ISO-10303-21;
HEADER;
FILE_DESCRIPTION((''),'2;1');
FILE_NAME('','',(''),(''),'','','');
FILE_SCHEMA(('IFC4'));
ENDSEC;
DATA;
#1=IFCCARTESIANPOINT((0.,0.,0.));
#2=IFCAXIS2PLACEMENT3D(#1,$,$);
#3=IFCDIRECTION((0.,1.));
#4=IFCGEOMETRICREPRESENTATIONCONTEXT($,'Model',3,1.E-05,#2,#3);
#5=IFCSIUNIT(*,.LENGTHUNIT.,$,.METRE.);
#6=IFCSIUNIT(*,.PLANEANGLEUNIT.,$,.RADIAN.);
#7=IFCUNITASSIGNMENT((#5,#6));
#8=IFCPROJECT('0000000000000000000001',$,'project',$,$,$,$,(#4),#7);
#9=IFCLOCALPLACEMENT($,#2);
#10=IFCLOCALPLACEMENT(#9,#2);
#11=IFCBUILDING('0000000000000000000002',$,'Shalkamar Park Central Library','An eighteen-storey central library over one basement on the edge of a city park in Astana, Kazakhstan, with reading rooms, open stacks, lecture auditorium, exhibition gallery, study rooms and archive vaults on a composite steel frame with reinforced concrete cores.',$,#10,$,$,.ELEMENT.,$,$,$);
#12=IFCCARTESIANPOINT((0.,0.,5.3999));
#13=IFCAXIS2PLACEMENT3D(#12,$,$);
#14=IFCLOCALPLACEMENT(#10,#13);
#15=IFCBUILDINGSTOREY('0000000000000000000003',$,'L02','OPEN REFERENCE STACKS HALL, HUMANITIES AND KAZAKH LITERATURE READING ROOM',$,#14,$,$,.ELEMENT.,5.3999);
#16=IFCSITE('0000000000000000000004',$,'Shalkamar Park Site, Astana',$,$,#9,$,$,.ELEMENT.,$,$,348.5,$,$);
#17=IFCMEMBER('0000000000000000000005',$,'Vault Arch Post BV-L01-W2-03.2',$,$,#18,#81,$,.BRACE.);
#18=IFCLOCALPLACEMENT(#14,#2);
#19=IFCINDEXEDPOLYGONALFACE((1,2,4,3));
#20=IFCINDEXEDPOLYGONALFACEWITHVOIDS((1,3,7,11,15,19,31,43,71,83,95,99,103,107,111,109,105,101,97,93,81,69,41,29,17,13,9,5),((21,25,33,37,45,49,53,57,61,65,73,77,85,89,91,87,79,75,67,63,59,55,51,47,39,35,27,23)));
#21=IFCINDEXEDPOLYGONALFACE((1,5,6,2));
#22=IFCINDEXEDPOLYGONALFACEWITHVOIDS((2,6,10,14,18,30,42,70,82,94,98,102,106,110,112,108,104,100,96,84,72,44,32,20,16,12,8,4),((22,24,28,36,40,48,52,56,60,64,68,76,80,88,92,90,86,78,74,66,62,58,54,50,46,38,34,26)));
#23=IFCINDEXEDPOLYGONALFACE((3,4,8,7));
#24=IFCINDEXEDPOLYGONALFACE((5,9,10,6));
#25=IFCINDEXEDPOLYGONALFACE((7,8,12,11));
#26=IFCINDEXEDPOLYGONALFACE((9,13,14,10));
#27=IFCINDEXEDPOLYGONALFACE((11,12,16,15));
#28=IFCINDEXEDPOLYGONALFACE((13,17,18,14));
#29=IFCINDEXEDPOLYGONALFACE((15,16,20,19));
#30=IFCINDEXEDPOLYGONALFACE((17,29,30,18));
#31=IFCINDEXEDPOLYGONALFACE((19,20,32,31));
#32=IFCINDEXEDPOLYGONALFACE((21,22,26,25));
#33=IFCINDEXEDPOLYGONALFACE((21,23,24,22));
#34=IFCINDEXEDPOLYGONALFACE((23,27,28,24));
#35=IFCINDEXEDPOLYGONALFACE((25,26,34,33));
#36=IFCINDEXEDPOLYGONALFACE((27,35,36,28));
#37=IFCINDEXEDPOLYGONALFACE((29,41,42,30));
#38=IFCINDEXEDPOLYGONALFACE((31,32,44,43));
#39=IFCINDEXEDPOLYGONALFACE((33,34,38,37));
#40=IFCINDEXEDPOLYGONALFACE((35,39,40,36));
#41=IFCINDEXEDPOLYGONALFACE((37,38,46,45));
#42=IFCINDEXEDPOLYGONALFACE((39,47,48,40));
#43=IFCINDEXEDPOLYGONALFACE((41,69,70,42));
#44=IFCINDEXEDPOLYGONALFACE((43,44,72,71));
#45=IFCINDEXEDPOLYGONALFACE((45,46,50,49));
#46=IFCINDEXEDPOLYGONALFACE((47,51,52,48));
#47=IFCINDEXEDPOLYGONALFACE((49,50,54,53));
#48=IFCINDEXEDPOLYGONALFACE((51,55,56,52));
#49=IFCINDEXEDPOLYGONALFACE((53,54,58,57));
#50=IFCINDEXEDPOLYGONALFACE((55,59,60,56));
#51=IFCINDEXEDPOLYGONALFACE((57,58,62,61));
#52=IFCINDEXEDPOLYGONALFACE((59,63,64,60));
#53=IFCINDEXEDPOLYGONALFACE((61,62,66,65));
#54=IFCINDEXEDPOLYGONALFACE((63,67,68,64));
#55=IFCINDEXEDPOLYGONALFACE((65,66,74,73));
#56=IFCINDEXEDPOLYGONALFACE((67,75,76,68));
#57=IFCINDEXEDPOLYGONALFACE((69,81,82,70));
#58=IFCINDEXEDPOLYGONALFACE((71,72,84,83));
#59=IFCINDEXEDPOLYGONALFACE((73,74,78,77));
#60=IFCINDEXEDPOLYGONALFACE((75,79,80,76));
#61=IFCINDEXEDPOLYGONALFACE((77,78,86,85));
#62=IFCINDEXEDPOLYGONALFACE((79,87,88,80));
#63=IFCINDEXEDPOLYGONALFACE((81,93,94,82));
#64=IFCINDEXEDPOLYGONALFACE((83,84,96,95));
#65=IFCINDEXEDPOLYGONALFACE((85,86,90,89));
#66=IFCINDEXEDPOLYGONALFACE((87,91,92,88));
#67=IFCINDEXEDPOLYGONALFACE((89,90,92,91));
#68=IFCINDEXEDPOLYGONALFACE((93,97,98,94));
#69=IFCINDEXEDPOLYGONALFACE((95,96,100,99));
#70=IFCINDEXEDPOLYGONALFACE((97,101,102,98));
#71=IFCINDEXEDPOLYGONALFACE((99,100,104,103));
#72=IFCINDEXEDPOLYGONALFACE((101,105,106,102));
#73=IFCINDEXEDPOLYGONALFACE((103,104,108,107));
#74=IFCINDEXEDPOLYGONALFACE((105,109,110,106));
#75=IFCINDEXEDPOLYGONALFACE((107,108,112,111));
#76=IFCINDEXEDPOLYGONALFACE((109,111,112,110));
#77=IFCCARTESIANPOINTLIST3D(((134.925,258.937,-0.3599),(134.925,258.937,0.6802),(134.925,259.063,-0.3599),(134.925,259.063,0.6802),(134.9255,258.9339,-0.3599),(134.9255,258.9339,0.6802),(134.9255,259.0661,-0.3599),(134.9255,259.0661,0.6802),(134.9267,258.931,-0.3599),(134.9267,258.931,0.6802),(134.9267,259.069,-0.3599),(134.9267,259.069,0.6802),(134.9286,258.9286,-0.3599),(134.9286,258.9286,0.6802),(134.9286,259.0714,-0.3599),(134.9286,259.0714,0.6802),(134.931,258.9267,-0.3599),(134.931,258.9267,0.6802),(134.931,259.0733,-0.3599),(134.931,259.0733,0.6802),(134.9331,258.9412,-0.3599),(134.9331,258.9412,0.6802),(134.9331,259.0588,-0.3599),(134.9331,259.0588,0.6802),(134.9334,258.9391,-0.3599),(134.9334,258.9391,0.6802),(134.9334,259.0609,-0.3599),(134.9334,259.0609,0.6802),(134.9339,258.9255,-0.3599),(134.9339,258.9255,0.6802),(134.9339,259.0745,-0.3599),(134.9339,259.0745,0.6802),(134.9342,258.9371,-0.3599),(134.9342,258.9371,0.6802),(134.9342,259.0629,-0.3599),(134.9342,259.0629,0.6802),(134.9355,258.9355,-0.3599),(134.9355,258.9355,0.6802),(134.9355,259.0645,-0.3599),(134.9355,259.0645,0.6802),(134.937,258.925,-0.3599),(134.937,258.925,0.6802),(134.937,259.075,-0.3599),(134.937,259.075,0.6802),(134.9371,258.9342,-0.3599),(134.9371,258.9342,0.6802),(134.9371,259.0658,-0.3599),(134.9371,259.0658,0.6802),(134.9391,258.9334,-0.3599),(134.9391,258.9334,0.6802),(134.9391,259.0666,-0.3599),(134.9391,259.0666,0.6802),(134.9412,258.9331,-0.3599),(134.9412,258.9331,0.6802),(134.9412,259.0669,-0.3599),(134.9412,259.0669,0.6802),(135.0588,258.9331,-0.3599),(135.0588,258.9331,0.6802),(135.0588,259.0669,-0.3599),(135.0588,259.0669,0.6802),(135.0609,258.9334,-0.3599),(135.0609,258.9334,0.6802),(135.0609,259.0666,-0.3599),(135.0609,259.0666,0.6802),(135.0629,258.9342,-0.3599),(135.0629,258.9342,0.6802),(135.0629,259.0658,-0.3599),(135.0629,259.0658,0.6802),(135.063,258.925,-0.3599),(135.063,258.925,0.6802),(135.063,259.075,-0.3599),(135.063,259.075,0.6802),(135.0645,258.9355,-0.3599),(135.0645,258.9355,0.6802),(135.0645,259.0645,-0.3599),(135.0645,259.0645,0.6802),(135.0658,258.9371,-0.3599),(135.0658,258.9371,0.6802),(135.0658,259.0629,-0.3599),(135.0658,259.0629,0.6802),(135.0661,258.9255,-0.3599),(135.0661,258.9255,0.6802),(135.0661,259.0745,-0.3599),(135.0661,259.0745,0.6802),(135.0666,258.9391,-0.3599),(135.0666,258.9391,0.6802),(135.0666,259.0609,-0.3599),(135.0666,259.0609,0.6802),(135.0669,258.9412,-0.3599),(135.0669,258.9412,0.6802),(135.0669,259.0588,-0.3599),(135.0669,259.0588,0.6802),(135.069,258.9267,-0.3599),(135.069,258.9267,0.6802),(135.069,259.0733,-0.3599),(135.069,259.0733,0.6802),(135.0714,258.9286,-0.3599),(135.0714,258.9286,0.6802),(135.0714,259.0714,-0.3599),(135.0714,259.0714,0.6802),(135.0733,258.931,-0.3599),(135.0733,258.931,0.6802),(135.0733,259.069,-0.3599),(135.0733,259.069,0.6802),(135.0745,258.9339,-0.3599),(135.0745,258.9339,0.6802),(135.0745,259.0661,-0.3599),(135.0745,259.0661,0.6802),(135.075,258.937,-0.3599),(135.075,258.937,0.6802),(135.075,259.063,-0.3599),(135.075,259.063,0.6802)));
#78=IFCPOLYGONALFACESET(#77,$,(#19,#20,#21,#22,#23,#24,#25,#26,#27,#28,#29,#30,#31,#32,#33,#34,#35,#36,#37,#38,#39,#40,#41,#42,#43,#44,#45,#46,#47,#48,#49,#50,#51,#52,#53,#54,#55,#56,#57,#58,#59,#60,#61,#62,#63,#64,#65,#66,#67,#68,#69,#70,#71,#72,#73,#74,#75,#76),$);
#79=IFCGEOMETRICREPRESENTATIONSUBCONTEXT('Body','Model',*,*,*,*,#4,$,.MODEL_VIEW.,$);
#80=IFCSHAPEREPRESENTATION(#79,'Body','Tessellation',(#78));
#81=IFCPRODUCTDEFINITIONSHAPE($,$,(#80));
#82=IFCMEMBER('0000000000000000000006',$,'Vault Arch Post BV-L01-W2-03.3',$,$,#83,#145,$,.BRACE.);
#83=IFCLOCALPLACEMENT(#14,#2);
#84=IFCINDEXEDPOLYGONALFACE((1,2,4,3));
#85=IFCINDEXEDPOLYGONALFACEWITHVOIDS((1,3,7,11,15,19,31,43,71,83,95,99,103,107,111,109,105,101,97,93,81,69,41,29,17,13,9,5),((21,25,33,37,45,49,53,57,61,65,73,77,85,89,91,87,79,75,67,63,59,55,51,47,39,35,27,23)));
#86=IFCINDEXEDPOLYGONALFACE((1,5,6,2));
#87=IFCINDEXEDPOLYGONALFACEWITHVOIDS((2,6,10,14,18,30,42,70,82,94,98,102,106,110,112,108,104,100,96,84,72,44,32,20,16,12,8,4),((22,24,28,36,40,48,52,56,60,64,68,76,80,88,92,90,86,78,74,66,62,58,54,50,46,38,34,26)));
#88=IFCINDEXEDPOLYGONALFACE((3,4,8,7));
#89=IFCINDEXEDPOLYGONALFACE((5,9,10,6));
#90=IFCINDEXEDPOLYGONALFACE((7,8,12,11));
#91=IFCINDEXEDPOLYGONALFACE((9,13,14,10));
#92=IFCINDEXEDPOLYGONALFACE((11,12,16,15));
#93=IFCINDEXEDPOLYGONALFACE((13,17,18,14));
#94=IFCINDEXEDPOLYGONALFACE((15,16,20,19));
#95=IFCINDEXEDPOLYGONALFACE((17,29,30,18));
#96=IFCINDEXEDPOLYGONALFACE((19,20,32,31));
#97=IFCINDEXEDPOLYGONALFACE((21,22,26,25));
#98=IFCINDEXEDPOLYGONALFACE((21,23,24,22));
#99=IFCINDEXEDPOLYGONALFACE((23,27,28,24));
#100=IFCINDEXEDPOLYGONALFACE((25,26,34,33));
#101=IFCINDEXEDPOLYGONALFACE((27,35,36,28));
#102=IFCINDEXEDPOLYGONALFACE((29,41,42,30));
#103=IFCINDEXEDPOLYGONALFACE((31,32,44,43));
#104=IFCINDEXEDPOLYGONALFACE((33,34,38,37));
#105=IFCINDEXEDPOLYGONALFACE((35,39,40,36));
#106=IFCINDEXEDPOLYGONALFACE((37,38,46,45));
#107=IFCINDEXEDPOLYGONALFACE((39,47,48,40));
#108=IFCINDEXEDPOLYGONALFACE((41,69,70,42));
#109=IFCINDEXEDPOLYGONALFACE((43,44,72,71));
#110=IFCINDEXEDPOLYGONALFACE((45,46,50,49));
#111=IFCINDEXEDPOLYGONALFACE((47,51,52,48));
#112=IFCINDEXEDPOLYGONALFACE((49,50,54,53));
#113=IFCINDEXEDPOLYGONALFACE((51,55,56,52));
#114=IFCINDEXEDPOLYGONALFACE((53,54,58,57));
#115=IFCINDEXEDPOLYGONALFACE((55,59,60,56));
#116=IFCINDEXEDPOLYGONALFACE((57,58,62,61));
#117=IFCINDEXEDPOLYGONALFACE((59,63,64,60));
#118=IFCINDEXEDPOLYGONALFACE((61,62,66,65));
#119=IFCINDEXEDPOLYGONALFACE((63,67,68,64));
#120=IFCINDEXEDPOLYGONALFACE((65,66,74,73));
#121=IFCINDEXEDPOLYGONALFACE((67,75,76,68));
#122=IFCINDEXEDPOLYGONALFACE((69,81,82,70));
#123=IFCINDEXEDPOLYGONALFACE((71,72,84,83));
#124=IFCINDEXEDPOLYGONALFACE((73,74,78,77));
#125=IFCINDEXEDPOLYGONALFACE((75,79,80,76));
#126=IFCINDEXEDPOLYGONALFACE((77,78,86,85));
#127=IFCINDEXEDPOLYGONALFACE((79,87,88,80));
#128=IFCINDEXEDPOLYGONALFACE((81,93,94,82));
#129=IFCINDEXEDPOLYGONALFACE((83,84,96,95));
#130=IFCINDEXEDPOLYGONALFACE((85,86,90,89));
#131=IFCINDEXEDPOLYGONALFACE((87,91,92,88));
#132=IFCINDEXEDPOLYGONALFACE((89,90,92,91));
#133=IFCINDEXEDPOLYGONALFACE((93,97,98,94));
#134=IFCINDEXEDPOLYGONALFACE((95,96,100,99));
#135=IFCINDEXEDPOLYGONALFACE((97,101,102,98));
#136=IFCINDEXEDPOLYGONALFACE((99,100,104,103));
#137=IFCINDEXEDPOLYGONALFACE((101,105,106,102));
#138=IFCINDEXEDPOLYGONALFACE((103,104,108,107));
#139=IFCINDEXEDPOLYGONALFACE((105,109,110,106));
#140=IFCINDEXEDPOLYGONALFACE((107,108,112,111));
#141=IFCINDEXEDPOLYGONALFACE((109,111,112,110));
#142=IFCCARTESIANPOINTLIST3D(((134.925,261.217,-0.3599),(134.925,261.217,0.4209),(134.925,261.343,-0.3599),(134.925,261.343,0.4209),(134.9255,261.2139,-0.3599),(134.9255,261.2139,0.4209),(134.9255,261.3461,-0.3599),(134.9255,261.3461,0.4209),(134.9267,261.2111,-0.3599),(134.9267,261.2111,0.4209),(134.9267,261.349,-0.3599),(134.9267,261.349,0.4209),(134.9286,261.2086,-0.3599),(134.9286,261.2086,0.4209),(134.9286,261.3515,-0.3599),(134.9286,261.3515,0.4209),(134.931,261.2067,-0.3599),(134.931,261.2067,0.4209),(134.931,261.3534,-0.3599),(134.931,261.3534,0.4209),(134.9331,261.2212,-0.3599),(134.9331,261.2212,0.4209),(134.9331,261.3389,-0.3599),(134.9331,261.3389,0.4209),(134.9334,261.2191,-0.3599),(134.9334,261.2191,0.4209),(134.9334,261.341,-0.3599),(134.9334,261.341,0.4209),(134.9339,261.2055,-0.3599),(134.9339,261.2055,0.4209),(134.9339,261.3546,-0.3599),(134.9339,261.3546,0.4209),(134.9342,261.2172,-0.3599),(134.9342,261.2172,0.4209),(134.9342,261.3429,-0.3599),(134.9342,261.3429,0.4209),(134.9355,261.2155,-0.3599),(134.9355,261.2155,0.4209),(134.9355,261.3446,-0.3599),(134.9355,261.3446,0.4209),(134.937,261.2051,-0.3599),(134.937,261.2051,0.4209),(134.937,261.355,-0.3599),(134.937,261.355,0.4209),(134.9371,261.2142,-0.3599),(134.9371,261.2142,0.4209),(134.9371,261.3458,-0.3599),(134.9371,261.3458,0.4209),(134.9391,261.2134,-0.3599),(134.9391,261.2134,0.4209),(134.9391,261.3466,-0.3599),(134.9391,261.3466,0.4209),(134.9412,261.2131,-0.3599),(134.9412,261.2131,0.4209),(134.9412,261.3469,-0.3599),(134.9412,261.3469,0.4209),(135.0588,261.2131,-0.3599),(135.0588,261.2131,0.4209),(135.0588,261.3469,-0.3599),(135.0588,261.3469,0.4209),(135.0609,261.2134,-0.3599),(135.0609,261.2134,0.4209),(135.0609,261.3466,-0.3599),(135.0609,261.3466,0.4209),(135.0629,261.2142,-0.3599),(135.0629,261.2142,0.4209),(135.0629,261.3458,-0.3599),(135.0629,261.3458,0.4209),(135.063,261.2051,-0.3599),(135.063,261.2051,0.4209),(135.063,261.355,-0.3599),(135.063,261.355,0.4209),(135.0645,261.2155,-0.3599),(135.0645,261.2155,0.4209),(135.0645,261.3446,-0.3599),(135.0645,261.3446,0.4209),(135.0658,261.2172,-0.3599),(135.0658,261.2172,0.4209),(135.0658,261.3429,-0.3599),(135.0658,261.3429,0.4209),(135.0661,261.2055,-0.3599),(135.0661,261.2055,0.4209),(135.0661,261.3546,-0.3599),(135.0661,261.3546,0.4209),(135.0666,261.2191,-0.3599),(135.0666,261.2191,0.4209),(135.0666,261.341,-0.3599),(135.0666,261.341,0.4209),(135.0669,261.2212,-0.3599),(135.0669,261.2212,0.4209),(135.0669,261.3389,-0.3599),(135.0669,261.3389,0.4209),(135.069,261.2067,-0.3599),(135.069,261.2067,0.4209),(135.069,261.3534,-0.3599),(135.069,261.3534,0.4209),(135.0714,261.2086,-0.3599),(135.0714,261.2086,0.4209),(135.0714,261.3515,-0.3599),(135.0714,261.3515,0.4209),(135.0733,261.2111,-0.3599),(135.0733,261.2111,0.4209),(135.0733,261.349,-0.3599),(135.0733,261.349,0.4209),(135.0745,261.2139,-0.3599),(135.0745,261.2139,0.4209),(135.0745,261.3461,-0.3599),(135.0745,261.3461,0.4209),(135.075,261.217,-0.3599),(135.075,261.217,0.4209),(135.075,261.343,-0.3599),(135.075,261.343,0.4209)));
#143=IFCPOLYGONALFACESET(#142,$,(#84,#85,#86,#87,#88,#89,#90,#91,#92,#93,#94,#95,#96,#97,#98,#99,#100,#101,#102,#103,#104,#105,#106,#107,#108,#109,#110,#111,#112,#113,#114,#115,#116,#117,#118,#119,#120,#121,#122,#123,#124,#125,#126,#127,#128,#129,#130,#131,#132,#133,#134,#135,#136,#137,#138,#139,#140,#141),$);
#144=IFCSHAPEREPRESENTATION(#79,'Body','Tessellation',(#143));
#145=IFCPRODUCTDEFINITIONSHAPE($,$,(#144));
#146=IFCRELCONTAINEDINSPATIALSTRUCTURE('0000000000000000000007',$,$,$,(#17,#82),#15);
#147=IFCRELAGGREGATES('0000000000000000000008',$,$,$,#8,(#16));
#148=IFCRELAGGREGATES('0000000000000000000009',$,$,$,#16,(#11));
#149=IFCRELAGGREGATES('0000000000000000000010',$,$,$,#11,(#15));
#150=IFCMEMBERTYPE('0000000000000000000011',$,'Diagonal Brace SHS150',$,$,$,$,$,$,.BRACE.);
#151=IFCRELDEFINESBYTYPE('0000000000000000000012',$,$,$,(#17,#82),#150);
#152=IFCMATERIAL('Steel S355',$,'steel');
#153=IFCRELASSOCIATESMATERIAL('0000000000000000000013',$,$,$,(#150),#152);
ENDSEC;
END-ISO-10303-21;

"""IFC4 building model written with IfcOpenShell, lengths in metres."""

from ifc_helpers import new_model, si_unit, direction, frame, origin, origin_2d, place, context, subcontext, project, spatial, hollow_rectangle, extrude, material, material_profile, profile_set, type_object, element, save


model = new_model("IFC4")

# Units and contexts
model_context = context("Model", 3, precision=1e-05, world=origin(), true_north=direction((0.0, 1.0)))
body_context = subcontext(model_context, "Body", "Model", "MODEL_VIEW")
ifc_project = project(units=[si_unit("LENGTHUNIT", "METRE"), si_unit("PLANEANGLEUNIT", "RADIAN")], contexts=[model_context])

# Site, building, storey
site_placement = place(None, origin())
site = spatial("IfcSite", under=ifc_project, at=site_placement, Name="Shalkamar Park Site, Astana", CompositionType="ELEMENT", RefElevation=348.5)
building_placement = place(site_placement, origin())
building = spatial("IfcBuilding", under=site, at=building_placement, Name="Shalkamar Park Central Library", Description="An eighteen-storey central library over one basement on the edge of a city park in Astana, Kazakhstan, with reading rooms, open stacks, lecture auditorium, exhibition gallery, study rooms and archive vaults on a composite steel frame with reinforced concrete cores.", CompositionType="ELEMENT")
storey_placement = place(building_placement, frame((0.0, 0.0, 5.3999)))
storey = spatial("IfcBuildingStorey", under=building, at=storey_placement, Name="L02", Description="OPEN REFERENCE STACKS HALL, HUMANITIES AND KAZAKH LITERATURE READING ROOM", CompositionType="ELEMENT", Elevation=5.3999)

# Shared definitions
ifc_material_1 = material(Name="Steel S355", Category="steel")

# Members
ifc_material_profile_1 = material_profile(ifc_material_1, hollow_rectangle(XDim=0.1499, YDim=0.1499, WallThickness=0.0081, InnerFilletRadius=0.0081, OuterFilletRadius=0.012, at=origin_2d()), Name="SHS 150x150x8")
ifc_profile_set_1 = profile_set([ifc_material_profile_1], Name="Steel S355")
member_type = type_object("IfcMemberType", Name="Diagonal Brace SHS150", PredefinedType="BRACE", material=ifc_profile_set_1)
member_1_placement = place(storey_placement, frame((135.0, 259.0, -0.3599), z_axis=(0.0, 0.0, 1.0), x_axis=(1.0, 0.0, 0.0)))
element("IfcMember", 1, at=member_1_placement, inside=storey, type_object=member_type, Name="Vault Arch Post BV-L01-W2-03.2", PredefinedType="BRACE", context=body_context, shape_type="SweptSolid", body=[
    extrude(hollow_rectangle(XDim=0.1499, YDim=0.1499, WallThickness=0.0081, InnerFilletRadius=0.0081, OuterFilletRadius=0.012, at=origin_2d()), origin(), (0.0, 0.0, 1.0), 1.04),
])
for number, where, z_axis, x_axis, name in (
    (2, (135.0, 261.28, -0.3599), (0.0, 0.0, 1.0), (1.0, 0.0, 0.0), "Vault Arch Post BV-L01-W2-03.3"),
):
    element("IfcMember", number, at=place(storey_placement, frame(where, z_axis=z_axis, x_axis=x_axis)), inside=storey, type_object=member_type, Name=name, PredefinedType="BRACE", context=body_context, shape_type="SweptSolid", body=[
        extrude(hollow_rectangle(XDim=0.1499, YDim=0.1499, WallThickness=0.0081, InnerFilletRadius=0.0081, OuterFilletRadius=0.012, at=origin_2d()), origin(), (0.0, 0.0, 1.0), 0.7808),
    ])

save(model, "model.ifc")
